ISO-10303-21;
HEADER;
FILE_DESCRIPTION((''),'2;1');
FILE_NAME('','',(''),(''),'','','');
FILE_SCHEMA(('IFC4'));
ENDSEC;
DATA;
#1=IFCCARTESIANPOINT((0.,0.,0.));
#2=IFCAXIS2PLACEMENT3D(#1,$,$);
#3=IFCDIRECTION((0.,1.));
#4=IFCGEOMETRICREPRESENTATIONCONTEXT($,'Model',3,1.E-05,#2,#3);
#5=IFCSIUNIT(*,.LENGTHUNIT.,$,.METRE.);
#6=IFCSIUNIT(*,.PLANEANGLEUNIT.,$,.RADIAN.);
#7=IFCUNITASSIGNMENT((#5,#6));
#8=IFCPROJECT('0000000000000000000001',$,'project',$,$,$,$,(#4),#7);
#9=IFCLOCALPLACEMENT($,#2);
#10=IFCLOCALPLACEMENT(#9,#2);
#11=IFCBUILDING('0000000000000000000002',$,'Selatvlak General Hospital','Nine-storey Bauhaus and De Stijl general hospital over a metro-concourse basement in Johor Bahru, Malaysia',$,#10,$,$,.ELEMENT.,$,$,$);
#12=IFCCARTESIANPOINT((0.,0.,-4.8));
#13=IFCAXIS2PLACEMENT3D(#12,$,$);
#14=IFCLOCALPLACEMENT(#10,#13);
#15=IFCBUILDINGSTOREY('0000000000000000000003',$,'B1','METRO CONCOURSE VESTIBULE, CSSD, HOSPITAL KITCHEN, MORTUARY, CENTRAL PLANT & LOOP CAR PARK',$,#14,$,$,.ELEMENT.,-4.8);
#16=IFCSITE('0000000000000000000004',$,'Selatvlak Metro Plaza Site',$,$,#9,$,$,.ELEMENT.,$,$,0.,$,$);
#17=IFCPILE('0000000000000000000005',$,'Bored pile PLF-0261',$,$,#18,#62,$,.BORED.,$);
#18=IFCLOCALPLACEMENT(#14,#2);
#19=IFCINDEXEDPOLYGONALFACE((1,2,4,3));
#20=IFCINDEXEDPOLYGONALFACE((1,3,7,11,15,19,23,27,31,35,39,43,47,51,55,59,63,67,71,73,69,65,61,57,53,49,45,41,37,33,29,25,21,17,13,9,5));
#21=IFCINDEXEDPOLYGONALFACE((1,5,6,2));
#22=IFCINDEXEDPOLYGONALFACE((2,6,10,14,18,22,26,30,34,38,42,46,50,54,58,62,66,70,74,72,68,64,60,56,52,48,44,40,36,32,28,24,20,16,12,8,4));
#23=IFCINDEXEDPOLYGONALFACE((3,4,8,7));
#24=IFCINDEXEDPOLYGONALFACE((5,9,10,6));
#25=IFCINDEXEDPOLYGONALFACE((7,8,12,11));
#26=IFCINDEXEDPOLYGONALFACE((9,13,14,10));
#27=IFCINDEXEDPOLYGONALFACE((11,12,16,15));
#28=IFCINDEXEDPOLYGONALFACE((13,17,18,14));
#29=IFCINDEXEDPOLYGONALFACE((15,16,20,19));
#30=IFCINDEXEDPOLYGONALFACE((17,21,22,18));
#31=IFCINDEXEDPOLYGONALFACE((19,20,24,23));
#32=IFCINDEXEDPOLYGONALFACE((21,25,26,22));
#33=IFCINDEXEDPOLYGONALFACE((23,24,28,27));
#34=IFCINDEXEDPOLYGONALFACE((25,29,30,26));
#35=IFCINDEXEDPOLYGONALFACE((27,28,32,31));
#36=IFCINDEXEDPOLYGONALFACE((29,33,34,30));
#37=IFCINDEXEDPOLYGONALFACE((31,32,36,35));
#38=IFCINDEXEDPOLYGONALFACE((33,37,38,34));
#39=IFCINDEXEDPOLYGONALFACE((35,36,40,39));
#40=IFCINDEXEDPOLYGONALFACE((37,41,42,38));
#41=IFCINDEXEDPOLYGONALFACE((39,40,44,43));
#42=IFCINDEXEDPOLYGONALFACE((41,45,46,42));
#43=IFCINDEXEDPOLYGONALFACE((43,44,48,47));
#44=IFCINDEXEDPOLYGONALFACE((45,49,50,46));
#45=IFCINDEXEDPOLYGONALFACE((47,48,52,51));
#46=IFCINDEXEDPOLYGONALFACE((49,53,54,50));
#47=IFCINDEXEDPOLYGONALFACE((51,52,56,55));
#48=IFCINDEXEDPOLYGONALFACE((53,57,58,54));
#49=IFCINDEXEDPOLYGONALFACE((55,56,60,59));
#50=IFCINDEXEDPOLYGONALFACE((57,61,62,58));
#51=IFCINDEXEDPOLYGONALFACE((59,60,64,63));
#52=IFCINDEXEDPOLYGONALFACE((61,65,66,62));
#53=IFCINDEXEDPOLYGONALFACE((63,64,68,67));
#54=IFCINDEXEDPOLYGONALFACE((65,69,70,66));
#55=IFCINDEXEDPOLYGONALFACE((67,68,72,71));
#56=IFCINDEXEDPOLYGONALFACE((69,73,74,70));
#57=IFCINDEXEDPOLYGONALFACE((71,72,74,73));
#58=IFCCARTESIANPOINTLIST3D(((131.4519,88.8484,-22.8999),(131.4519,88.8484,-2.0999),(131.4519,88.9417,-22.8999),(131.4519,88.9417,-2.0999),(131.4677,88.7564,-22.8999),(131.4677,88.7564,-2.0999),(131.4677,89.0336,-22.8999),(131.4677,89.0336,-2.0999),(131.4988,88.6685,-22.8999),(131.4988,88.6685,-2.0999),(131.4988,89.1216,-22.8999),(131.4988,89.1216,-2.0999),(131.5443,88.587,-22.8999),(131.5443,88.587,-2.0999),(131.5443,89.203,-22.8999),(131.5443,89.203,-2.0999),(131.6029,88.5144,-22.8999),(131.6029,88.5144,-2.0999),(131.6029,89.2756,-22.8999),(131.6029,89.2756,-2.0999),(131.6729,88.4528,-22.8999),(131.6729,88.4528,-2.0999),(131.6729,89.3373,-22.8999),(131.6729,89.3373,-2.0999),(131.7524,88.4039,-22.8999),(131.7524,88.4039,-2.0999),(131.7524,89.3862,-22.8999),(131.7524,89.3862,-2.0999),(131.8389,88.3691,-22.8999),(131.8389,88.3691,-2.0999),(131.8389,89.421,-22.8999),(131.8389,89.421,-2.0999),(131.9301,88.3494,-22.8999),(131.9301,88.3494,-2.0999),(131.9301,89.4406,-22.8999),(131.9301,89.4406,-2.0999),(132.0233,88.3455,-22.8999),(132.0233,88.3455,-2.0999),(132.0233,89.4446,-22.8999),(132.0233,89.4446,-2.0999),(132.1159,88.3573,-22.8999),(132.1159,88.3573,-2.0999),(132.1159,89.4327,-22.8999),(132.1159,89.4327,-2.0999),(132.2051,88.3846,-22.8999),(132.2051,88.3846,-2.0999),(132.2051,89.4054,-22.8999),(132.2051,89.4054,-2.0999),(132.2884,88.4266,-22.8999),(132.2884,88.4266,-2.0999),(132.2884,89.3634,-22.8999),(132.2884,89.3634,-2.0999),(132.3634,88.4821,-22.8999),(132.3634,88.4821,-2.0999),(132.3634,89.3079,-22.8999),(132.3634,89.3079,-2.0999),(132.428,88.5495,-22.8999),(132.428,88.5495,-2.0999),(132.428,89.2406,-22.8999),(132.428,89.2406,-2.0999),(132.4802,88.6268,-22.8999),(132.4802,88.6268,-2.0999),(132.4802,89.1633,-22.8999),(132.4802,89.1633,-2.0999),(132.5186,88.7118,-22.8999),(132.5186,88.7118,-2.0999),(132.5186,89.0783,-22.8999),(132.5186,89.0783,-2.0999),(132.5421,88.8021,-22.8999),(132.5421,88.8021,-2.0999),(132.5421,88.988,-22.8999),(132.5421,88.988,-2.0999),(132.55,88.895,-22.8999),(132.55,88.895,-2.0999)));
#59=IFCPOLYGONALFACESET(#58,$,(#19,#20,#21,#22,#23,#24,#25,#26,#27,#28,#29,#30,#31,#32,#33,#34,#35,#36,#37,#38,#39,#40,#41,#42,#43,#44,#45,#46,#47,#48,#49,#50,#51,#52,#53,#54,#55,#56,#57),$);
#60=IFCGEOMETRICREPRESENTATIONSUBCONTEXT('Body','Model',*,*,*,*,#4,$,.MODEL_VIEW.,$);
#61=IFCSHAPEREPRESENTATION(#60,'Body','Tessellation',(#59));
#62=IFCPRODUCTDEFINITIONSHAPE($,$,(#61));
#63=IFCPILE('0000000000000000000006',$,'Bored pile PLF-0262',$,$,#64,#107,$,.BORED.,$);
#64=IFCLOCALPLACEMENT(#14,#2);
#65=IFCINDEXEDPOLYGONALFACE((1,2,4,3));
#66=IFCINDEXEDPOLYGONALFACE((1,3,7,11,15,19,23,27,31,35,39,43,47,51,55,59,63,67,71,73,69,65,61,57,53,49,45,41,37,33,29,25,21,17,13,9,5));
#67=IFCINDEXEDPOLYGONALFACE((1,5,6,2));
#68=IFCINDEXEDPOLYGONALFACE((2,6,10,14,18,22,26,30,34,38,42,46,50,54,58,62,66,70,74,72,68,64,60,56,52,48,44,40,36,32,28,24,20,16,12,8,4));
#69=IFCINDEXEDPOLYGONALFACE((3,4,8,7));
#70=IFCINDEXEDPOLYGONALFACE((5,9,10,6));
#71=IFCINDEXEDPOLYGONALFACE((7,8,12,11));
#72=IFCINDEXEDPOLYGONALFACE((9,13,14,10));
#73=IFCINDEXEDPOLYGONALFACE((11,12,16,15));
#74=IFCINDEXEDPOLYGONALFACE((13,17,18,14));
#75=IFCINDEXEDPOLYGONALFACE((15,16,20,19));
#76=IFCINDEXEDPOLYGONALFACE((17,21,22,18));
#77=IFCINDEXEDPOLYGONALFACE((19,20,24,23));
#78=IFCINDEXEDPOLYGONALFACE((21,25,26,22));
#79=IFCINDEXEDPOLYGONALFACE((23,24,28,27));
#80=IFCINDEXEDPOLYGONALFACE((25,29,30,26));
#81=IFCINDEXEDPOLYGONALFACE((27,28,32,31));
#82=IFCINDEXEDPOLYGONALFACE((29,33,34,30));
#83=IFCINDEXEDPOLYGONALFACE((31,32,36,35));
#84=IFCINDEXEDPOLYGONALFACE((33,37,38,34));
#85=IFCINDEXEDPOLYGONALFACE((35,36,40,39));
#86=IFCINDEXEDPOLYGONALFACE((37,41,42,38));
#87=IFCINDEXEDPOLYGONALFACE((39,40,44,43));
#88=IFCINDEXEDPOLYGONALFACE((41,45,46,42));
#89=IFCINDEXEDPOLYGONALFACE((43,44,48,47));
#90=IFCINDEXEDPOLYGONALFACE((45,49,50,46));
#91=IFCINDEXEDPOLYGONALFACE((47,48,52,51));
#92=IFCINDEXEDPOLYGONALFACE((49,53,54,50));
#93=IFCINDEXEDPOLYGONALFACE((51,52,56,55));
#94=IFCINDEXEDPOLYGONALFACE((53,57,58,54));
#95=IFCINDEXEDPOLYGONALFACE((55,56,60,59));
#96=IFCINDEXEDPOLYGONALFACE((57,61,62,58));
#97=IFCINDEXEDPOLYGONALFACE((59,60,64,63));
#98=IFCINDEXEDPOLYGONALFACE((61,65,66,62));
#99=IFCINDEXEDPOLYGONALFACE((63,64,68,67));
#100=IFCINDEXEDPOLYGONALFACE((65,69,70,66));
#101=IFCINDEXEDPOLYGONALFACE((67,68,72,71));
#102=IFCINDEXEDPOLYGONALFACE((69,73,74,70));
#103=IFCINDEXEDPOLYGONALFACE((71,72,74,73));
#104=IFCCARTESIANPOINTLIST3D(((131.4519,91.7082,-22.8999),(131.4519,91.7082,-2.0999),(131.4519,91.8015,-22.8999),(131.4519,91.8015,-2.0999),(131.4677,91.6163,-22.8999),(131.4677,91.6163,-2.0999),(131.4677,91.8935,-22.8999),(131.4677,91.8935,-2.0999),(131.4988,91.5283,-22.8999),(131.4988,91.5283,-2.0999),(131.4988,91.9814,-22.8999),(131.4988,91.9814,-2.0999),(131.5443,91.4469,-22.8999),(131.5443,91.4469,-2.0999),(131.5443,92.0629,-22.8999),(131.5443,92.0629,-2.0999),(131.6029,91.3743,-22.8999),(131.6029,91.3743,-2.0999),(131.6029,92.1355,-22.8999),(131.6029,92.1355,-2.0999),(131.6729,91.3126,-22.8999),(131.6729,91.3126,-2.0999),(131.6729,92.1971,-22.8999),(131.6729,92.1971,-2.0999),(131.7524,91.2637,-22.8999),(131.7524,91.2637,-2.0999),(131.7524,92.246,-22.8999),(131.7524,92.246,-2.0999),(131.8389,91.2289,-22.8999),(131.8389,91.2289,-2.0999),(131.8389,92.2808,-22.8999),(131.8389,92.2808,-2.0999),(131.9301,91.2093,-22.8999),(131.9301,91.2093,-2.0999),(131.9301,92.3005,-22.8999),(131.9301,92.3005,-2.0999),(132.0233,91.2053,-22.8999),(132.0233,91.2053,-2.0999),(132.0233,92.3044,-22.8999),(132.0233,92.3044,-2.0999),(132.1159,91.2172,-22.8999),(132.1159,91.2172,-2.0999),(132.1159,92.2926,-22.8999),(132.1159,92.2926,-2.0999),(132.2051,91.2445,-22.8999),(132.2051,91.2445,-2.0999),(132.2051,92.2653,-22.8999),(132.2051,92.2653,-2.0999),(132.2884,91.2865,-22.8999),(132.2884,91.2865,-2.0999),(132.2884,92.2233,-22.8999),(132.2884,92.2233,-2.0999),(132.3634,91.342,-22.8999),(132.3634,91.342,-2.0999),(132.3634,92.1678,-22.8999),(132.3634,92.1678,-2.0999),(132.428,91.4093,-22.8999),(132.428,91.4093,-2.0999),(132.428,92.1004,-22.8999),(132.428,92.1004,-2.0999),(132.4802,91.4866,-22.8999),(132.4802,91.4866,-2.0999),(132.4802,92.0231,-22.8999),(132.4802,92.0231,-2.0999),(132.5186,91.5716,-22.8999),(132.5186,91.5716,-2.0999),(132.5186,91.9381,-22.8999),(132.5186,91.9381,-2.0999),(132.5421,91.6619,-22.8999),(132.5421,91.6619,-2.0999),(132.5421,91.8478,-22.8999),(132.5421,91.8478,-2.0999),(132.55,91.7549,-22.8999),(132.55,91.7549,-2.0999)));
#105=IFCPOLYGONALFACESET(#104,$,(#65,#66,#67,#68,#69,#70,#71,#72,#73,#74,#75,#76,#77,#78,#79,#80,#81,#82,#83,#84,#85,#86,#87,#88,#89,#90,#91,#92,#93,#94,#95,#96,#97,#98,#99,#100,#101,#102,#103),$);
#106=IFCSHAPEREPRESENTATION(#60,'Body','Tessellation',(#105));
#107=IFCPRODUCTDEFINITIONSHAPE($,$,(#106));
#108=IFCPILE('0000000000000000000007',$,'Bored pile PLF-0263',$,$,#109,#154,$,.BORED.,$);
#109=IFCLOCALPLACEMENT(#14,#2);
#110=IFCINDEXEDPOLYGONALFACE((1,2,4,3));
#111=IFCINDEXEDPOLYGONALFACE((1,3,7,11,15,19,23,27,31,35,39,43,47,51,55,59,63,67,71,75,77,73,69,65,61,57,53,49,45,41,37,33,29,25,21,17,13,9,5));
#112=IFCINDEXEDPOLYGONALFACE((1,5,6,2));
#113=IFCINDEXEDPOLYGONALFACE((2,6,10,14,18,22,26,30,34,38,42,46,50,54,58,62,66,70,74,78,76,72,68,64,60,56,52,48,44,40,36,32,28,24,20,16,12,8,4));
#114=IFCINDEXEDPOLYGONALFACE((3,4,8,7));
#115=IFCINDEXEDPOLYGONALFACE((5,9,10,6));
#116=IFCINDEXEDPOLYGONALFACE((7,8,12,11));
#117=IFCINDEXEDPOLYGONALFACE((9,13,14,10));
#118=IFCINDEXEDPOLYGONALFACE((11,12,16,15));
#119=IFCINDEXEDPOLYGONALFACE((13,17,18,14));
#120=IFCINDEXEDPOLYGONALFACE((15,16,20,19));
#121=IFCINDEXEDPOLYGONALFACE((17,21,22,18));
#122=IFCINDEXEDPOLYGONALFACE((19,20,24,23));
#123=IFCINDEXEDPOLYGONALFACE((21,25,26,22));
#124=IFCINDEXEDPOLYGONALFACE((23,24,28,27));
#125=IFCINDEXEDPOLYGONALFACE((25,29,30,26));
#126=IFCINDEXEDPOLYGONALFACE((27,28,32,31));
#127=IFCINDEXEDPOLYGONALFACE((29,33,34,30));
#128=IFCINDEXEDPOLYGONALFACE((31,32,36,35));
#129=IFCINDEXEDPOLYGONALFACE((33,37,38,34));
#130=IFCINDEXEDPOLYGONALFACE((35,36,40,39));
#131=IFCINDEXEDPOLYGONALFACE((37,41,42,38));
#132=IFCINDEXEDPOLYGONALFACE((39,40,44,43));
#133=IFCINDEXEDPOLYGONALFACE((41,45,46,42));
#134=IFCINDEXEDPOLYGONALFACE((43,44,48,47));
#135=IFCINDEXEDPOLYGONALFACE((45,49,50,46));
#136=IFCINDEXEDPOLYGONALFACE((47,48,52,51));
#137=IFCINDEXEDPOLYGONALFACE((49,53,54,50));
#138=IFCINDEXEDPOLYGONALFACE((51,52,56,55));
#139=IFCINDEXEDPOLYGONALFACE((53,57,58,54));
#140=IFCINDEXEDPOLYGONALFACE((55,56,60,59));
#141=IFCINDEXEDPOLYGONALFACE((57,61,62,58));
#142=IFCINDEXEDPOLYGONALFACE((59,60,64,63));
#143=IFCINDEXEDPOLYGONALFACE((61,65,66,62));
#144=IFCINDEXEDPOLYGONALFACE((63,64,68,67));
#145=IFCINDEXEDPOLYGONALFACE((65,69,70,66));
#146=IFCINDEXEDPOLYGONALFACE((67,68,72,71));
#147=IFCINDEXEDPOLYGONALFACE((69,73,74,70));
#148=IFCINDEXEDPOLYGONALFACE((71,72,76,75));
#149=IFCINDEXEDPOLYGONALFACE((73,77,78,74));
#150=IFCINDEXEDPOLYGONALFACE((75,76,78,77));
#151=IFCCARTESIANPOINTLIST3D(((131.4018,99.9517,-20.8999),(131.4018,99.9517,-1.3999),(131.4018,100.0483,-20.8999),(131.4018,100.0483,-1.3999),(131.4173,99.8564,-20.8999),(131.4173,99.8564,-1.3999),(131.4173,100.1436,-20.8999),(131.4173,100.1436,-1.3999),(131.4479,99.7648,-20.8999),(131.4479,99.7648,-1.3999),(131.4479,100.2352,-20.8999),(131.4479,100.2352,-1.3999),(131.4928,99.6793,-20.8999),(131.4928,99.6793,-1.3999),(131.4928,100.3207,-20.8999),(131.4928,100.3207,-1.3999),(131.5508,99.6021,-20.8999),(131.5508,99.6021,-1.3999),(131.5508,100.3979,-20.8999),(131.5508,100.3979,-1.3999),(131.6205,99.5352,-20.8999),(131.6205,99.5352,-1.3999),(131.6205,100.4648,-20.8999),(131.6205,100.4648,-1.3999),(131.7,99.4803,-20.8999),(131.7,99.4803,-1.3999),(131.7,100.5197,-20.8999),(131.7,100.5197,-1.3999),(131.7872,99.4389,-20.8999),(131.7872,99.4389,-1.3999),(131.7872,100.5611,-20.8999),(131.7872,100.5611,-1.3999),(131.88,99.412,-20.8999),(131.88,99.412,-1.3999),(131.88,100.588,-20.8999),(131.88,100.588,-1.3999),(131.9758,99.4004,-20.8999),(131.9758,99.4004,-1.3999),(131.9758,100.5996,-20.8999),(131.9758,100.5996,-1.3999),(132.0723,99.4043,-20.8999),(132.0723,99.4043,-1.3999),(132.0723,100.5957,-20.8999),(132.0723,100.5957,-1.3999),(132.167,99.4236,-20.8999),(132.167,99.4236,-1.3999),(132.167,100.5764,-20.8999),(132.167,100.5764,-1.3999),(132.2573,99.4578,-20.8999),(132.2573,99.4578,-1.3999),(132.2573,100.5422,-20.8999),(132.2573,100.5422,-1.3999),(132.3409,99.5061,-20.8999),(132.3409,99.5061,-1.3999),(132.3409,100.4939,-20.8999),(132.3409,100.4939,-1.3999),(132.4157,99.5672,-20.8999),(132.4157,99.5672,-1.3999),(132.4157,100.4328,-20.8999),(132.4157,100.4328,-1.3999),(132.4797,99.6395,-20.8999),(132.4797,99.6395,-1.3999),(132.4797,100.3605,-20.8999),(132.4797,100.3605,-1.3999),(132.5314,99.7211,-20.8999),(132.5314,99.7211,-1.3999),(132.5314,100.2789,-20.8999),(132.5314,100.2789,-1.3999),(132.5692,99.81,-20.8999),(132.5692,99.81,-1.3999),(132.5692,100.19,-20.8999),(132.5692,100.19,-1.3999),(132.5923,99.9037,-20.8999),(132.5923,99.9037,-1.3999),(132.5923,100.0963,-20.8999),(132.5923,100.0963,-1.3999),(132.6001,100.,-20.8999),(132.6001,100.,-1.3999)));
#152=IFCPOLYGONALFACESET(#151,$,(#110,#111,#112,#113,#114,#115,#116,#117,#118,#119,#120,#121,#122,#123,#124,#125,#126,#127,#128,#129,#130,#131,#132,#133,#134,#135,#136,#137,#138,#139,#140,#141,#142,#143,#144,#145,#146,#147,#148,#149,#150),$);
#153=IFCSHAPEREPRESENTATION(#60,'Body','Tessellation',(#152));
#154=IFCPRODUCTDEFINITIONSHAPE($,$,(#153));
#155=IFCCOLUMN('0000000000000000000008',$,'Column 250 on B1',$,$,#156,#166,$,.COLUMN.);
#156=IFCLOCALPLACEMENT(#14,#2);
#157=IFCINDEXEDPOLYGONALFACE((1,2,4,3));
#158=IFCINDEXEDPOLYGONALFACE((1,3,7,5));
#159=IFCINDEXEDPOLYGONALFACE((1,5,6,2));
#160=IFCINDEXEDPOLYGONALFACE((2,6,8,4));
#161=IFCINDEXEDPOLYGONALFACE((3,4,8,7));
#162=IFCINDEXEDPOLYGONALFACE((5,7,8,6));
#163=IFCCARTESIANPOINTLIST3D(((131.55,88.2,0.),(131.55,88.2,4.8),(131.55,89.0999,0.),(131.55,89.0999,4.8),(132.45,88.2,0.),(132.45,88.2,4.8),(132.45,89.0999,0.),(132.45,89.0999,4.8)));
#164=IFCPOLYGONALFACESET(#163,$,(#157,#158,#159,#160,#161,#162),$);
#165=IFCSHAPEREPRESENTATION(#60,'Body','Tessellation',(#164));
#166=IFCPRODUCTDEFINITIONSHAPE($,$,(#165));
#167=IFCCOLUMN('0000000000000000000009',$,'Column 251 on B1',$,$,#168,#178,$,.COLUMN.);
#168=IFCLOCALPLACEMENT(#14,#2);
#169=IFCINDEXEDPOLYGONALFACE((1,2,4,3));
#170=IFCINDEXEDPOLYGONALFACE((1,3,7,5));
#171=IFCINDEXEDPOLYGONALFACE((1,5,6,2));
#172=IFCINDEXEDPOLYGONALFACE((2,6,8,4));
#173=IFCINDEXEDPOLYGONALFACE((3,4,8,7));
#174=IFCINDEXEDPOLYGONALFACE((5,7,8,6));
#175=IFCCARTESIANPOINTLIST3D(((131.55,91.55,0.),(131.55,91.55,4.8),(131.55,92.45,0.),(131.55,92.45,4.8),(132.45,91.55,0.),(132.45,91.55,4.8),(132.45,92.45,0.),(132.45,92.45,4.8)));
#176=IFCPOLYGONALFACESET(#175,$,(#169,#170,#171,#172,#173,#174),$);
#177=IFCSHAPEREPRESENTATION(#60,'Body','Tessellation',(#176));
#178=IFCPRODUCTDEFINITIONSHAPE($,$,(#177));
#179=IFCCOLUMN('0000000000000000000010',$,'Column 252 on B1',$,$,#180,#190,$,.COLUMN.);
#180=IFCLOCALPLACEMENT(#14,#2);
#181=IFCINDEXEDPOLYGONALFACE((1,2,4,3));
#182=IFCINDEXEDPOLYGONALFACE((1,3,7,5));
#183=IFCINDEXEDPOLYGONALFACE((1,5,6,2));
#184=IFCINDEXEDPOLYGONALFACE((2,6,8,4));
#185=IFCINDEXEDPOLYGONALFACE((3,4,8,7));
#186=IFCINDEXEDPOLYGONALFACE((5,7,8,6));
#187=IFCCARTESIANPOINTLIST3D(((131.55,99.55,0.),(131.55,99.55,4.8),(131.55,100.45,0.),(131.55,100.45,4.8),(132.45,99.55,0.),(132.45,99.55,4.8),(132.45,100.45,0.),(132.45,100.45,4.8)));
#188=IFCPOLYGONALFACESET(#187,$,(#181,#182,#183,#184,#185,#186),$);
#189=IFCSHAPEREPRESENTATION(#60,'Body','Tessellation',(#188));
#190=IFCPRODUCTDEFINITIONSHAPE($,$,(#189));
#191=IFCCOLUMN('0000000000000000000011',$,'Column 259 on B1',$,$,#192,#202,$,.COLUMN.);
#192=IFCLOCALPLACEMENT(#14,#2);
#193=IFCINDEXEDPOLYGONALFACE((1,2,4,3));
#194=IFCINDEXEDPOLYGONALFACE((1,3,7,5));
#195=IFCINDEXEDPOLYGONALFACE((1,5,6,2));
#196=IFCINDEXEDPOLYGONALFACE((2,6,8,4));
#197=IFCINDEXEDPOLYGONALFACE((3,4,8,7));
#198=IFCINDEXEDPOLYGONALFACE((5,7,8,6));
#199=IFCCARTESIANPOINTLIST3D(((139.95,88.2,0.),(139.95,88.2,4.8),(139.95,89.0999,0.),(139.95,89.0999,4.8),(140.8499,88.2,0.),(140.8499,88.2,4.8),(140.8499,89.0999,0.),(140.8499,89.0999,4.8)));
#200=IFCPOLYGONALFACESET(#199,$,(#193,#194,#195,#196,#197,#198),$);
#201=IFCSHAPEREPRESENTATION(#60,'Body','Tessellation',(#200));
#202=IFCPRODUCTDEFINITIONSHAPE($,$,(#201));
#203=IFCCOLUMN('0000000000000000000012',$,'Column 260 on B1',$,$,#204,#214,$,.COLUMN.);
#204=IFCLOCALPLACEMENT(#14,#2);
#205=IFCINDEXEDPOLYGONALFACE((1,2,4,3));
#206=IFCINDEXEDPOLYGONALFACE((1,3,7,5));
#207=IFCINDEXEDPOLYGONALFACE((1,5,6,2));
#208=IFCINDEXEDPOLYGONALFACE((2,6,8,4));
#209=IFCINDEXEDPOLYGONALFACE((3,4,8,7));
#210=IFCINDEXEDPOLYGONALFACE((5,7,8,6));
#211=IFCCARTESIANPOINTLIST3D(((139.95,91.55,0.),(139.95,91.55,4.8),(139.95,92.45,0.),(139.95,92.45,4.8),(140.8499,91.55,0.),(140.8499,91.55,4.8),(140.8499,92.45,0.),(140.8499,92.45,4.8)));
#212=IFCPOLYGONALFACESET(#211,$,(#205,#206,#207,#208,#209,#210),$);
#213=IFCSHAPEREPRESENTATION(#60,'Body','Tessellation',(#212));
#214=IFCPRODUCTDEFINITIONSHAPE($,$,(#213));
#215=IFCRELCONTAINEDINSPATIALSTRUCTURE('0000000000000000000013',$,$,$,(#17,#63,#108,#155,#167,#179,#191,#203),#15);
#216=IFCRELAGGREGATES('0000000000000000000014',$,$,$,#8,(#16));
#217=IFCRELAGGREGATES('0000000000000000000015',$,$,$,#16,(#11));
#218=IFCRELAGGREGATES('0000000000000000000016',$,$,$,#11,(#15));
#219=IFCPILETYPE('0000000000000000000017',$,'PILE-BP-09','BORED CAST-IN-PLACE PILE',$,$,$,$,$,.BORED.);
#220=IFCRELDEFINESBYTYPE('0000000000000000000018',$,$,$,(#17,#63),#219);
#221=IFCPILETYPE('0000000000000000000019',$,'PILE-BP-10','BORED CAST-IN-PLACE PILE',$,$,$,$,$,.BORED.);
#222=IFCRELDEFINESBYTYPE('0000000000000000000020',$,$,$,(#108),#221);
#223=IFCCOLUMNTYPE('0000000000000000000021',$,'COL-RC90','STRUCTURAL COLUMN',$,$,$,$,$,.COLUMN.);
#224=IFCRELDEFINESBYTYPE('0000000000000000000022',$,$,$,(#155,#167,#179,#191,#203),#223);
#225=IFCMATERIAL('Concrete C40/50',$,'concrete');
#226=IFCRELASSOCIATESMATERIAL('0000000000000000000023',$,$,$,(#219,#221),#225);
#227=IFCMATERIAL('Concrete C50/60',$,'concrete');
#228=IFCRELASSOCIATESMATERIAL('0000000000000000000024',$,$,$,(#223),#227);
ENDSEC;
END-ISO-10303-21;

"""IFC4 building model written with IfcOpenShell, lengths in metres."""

from ifc_helpers import new_model, si_unit, direction, frame, origin, origin_2d, place, context, subcontext, project, spatial, rectangle, circle, extrude, material, material_profile, profile_set, type_object, element, save


model = new_model("IFC4")

# Units and contexts
model_context = context("Model", 3, precision=1e-05, world=origin(), true_north=direction((0.0, 1.0)))
body_context = subcontext(model_context, "Body", "Model", "MODEL_VIEW")
ifc_project = project(units=[si_unit("LENGTHUNIT", "METRE"), si_unit("PLANEANGLEUNIT", "RADIAN")], contexts=[model_context])

# Site, building, storey
site_placement = place(None, origin())
site = spatial("IfcSite", under=ifc_project, at=site_placement, Name="Selatvlak Metro Plaza Site", CompositionType="ELEMENT", RefElevation=0.0)
building_placement = place(site_placement, origin())
building = spatial("IfcBuilding", under=site, at=building_placement, Name="Selatvlak General Hospital", Description="Nine-storey Bauhaus and De Stijl general hospital over a metro-concourse basement in Johor Bahru, Malaysia", CompositionType="ELEMENT")
storey_placement = place(building_placement, frame((0.0, 0.0, -4.8)))
storey = spatial("IfcBuildingStorey", under=building, at=storey_placement, Name="B1", Description="METRO CONCOURSE VESTIBULE, CSSD, HOSPITAL KITCHEN, MORTUARY, CENTRAL PLANT & LOOP CAR PARK", CompositionType="ELEMENT", Elevation=-4.8)

# Shared definitions
ifc_material_1 = material(Name="Concrete C40/50", Category="concrete")

# Piles
ifc_material_profile_1 = material_profile(ifc_material_1, circle(Radius=0.55, at=origin_2d()), Name="BORED PILE 1100")
ifc_profile_set_1 = profile_set([ifc_material_profile_1], Name="Concrete C40/50")
pile_type_1 = type_object("IfcPileType", Name="PILE-BP-09", Description="BORED CAST-IN-PLACE PILE", PredefinedType="BORED", material=ifc_profile_set_1)
for number, where, z_axis, x_axis, name in (
    (1, (132.0, 88.895, -2.0999), (0.0, 0.0, -1.0), (1.0, 0.0, 0.0), "Bored pile PLF-0261"),
    (2, (132.0, 91.7549, -2.0999), (0.0, 0.0, -1.0), (1.0, 0.0, 0.0), "Bored pile PLF-0262"),
):
    element("IfcPile", number, at=place(storey_placement, frame(where, z_axis=z_axis, x_axis=x_axis)), inside=storey, type_object=pile_type_1, Name=name, PredefinedType="BORED", context=body_context, shape_type="SweptSolid", body=[
        extrude(circle(Radius=0.55, at=origin_2d()), origin(), (0.0, 0.0, 1.0), 20.8),
    ])
ifc_material_profile_2 = material_profile(ifc_material_1, circle(Radius=0.6001, at=origin_2d()), Name="BORED PILE 1200")
ifc_profile_set_2 = profile_set([ifc_material_profile_2], Name="Concrete C40/50")
pile_type_2 = type_object("IfcPileType", Name="PILE-BP-10", Description="BORED CAST-IN-PLACE PILE", PredefinedType="BORED", material=ifc_profile_set_2)
pile_1_placement = place(storey_placement, frame((132.0, 100.0, -1.3999), z_axis=(0.0, 0.0, -1.0), x_axis=(1.0, 0.0, 0.0)))
element("IfcPile", 3, at=pile_1_placement, inside=storey, type_object=pile_type_2, Name="Bored pile PLF-0263", PredefinedType="BORED", context=body_context, shape_type="SweptSolid", body=[
    extrude(circle(Radius=0.6001, at=origin_2d()), origin(), (0.0, 0.0, 1.0), 19.5),
])

# Columns
ifc_material_2 = material(Name="Concrete C50/60", Category="concrete")
ifc_material_profile_3 = material_profile(ifc_material_2, rectangle(XDim=0.8999, YDim=0.8999, at=origin_2d()), Name="RC-COL 900x900")
ifc_profile_set_3 = profile_set([ifc_material_profile_3], Name="Concrete C50/60")
column_type = type_object("IfcColumnType", Name="COL-RC90", Description="STRUCTURAL COLUMN", PredefinedType="COLUMN", material=ifc_profile_set_3)
for number, where, z_axis, x_axis, name in (
    (4, (132.0, 88.6499, 0.0), (0.0, 0.0, 1.0), (1.0, 0.0, 0.0), "Column 250 on B1"),
    (5, (132.0, 92.0, 0.0), (0.0, 0.0, 1.0), (1.0, 0.0, 0.0), "Column 251 on B1"),
    (6, (132.0, 100.0, 0.0), (0.0, 0.0, 1.0), (1.0, 0.0, 0.0), "Column 252 on B1"),
    (7, (140.3999, 88.6499, 0.0), (0.0, 0.0, 1.0), (1.0, 0.0, 0.0), "Column 259 on B1"),
    (8, (140.3999, 92.0, 0.0), (0.0, 0.0, 1.0), (1.0, 0.0, 0.0), "Column 260 on B1"),
):
    element("IfcColumn", number, at=place(storey_placement, frame(where, z_axis=z_axis, x_axis=x_axis)), inside=storey, type_object=column_type, Name=name, PredefinedType="COLUMN", context=body_context, shape_type="SweptSolid", body=[
        extrude(rectangle(XDim=0.8999, YDim=0.8999, at=origin_2d()), origin(), (0.0, 0.0, 1.0), 4.8),
    ])

save(model, "model.ifc")
